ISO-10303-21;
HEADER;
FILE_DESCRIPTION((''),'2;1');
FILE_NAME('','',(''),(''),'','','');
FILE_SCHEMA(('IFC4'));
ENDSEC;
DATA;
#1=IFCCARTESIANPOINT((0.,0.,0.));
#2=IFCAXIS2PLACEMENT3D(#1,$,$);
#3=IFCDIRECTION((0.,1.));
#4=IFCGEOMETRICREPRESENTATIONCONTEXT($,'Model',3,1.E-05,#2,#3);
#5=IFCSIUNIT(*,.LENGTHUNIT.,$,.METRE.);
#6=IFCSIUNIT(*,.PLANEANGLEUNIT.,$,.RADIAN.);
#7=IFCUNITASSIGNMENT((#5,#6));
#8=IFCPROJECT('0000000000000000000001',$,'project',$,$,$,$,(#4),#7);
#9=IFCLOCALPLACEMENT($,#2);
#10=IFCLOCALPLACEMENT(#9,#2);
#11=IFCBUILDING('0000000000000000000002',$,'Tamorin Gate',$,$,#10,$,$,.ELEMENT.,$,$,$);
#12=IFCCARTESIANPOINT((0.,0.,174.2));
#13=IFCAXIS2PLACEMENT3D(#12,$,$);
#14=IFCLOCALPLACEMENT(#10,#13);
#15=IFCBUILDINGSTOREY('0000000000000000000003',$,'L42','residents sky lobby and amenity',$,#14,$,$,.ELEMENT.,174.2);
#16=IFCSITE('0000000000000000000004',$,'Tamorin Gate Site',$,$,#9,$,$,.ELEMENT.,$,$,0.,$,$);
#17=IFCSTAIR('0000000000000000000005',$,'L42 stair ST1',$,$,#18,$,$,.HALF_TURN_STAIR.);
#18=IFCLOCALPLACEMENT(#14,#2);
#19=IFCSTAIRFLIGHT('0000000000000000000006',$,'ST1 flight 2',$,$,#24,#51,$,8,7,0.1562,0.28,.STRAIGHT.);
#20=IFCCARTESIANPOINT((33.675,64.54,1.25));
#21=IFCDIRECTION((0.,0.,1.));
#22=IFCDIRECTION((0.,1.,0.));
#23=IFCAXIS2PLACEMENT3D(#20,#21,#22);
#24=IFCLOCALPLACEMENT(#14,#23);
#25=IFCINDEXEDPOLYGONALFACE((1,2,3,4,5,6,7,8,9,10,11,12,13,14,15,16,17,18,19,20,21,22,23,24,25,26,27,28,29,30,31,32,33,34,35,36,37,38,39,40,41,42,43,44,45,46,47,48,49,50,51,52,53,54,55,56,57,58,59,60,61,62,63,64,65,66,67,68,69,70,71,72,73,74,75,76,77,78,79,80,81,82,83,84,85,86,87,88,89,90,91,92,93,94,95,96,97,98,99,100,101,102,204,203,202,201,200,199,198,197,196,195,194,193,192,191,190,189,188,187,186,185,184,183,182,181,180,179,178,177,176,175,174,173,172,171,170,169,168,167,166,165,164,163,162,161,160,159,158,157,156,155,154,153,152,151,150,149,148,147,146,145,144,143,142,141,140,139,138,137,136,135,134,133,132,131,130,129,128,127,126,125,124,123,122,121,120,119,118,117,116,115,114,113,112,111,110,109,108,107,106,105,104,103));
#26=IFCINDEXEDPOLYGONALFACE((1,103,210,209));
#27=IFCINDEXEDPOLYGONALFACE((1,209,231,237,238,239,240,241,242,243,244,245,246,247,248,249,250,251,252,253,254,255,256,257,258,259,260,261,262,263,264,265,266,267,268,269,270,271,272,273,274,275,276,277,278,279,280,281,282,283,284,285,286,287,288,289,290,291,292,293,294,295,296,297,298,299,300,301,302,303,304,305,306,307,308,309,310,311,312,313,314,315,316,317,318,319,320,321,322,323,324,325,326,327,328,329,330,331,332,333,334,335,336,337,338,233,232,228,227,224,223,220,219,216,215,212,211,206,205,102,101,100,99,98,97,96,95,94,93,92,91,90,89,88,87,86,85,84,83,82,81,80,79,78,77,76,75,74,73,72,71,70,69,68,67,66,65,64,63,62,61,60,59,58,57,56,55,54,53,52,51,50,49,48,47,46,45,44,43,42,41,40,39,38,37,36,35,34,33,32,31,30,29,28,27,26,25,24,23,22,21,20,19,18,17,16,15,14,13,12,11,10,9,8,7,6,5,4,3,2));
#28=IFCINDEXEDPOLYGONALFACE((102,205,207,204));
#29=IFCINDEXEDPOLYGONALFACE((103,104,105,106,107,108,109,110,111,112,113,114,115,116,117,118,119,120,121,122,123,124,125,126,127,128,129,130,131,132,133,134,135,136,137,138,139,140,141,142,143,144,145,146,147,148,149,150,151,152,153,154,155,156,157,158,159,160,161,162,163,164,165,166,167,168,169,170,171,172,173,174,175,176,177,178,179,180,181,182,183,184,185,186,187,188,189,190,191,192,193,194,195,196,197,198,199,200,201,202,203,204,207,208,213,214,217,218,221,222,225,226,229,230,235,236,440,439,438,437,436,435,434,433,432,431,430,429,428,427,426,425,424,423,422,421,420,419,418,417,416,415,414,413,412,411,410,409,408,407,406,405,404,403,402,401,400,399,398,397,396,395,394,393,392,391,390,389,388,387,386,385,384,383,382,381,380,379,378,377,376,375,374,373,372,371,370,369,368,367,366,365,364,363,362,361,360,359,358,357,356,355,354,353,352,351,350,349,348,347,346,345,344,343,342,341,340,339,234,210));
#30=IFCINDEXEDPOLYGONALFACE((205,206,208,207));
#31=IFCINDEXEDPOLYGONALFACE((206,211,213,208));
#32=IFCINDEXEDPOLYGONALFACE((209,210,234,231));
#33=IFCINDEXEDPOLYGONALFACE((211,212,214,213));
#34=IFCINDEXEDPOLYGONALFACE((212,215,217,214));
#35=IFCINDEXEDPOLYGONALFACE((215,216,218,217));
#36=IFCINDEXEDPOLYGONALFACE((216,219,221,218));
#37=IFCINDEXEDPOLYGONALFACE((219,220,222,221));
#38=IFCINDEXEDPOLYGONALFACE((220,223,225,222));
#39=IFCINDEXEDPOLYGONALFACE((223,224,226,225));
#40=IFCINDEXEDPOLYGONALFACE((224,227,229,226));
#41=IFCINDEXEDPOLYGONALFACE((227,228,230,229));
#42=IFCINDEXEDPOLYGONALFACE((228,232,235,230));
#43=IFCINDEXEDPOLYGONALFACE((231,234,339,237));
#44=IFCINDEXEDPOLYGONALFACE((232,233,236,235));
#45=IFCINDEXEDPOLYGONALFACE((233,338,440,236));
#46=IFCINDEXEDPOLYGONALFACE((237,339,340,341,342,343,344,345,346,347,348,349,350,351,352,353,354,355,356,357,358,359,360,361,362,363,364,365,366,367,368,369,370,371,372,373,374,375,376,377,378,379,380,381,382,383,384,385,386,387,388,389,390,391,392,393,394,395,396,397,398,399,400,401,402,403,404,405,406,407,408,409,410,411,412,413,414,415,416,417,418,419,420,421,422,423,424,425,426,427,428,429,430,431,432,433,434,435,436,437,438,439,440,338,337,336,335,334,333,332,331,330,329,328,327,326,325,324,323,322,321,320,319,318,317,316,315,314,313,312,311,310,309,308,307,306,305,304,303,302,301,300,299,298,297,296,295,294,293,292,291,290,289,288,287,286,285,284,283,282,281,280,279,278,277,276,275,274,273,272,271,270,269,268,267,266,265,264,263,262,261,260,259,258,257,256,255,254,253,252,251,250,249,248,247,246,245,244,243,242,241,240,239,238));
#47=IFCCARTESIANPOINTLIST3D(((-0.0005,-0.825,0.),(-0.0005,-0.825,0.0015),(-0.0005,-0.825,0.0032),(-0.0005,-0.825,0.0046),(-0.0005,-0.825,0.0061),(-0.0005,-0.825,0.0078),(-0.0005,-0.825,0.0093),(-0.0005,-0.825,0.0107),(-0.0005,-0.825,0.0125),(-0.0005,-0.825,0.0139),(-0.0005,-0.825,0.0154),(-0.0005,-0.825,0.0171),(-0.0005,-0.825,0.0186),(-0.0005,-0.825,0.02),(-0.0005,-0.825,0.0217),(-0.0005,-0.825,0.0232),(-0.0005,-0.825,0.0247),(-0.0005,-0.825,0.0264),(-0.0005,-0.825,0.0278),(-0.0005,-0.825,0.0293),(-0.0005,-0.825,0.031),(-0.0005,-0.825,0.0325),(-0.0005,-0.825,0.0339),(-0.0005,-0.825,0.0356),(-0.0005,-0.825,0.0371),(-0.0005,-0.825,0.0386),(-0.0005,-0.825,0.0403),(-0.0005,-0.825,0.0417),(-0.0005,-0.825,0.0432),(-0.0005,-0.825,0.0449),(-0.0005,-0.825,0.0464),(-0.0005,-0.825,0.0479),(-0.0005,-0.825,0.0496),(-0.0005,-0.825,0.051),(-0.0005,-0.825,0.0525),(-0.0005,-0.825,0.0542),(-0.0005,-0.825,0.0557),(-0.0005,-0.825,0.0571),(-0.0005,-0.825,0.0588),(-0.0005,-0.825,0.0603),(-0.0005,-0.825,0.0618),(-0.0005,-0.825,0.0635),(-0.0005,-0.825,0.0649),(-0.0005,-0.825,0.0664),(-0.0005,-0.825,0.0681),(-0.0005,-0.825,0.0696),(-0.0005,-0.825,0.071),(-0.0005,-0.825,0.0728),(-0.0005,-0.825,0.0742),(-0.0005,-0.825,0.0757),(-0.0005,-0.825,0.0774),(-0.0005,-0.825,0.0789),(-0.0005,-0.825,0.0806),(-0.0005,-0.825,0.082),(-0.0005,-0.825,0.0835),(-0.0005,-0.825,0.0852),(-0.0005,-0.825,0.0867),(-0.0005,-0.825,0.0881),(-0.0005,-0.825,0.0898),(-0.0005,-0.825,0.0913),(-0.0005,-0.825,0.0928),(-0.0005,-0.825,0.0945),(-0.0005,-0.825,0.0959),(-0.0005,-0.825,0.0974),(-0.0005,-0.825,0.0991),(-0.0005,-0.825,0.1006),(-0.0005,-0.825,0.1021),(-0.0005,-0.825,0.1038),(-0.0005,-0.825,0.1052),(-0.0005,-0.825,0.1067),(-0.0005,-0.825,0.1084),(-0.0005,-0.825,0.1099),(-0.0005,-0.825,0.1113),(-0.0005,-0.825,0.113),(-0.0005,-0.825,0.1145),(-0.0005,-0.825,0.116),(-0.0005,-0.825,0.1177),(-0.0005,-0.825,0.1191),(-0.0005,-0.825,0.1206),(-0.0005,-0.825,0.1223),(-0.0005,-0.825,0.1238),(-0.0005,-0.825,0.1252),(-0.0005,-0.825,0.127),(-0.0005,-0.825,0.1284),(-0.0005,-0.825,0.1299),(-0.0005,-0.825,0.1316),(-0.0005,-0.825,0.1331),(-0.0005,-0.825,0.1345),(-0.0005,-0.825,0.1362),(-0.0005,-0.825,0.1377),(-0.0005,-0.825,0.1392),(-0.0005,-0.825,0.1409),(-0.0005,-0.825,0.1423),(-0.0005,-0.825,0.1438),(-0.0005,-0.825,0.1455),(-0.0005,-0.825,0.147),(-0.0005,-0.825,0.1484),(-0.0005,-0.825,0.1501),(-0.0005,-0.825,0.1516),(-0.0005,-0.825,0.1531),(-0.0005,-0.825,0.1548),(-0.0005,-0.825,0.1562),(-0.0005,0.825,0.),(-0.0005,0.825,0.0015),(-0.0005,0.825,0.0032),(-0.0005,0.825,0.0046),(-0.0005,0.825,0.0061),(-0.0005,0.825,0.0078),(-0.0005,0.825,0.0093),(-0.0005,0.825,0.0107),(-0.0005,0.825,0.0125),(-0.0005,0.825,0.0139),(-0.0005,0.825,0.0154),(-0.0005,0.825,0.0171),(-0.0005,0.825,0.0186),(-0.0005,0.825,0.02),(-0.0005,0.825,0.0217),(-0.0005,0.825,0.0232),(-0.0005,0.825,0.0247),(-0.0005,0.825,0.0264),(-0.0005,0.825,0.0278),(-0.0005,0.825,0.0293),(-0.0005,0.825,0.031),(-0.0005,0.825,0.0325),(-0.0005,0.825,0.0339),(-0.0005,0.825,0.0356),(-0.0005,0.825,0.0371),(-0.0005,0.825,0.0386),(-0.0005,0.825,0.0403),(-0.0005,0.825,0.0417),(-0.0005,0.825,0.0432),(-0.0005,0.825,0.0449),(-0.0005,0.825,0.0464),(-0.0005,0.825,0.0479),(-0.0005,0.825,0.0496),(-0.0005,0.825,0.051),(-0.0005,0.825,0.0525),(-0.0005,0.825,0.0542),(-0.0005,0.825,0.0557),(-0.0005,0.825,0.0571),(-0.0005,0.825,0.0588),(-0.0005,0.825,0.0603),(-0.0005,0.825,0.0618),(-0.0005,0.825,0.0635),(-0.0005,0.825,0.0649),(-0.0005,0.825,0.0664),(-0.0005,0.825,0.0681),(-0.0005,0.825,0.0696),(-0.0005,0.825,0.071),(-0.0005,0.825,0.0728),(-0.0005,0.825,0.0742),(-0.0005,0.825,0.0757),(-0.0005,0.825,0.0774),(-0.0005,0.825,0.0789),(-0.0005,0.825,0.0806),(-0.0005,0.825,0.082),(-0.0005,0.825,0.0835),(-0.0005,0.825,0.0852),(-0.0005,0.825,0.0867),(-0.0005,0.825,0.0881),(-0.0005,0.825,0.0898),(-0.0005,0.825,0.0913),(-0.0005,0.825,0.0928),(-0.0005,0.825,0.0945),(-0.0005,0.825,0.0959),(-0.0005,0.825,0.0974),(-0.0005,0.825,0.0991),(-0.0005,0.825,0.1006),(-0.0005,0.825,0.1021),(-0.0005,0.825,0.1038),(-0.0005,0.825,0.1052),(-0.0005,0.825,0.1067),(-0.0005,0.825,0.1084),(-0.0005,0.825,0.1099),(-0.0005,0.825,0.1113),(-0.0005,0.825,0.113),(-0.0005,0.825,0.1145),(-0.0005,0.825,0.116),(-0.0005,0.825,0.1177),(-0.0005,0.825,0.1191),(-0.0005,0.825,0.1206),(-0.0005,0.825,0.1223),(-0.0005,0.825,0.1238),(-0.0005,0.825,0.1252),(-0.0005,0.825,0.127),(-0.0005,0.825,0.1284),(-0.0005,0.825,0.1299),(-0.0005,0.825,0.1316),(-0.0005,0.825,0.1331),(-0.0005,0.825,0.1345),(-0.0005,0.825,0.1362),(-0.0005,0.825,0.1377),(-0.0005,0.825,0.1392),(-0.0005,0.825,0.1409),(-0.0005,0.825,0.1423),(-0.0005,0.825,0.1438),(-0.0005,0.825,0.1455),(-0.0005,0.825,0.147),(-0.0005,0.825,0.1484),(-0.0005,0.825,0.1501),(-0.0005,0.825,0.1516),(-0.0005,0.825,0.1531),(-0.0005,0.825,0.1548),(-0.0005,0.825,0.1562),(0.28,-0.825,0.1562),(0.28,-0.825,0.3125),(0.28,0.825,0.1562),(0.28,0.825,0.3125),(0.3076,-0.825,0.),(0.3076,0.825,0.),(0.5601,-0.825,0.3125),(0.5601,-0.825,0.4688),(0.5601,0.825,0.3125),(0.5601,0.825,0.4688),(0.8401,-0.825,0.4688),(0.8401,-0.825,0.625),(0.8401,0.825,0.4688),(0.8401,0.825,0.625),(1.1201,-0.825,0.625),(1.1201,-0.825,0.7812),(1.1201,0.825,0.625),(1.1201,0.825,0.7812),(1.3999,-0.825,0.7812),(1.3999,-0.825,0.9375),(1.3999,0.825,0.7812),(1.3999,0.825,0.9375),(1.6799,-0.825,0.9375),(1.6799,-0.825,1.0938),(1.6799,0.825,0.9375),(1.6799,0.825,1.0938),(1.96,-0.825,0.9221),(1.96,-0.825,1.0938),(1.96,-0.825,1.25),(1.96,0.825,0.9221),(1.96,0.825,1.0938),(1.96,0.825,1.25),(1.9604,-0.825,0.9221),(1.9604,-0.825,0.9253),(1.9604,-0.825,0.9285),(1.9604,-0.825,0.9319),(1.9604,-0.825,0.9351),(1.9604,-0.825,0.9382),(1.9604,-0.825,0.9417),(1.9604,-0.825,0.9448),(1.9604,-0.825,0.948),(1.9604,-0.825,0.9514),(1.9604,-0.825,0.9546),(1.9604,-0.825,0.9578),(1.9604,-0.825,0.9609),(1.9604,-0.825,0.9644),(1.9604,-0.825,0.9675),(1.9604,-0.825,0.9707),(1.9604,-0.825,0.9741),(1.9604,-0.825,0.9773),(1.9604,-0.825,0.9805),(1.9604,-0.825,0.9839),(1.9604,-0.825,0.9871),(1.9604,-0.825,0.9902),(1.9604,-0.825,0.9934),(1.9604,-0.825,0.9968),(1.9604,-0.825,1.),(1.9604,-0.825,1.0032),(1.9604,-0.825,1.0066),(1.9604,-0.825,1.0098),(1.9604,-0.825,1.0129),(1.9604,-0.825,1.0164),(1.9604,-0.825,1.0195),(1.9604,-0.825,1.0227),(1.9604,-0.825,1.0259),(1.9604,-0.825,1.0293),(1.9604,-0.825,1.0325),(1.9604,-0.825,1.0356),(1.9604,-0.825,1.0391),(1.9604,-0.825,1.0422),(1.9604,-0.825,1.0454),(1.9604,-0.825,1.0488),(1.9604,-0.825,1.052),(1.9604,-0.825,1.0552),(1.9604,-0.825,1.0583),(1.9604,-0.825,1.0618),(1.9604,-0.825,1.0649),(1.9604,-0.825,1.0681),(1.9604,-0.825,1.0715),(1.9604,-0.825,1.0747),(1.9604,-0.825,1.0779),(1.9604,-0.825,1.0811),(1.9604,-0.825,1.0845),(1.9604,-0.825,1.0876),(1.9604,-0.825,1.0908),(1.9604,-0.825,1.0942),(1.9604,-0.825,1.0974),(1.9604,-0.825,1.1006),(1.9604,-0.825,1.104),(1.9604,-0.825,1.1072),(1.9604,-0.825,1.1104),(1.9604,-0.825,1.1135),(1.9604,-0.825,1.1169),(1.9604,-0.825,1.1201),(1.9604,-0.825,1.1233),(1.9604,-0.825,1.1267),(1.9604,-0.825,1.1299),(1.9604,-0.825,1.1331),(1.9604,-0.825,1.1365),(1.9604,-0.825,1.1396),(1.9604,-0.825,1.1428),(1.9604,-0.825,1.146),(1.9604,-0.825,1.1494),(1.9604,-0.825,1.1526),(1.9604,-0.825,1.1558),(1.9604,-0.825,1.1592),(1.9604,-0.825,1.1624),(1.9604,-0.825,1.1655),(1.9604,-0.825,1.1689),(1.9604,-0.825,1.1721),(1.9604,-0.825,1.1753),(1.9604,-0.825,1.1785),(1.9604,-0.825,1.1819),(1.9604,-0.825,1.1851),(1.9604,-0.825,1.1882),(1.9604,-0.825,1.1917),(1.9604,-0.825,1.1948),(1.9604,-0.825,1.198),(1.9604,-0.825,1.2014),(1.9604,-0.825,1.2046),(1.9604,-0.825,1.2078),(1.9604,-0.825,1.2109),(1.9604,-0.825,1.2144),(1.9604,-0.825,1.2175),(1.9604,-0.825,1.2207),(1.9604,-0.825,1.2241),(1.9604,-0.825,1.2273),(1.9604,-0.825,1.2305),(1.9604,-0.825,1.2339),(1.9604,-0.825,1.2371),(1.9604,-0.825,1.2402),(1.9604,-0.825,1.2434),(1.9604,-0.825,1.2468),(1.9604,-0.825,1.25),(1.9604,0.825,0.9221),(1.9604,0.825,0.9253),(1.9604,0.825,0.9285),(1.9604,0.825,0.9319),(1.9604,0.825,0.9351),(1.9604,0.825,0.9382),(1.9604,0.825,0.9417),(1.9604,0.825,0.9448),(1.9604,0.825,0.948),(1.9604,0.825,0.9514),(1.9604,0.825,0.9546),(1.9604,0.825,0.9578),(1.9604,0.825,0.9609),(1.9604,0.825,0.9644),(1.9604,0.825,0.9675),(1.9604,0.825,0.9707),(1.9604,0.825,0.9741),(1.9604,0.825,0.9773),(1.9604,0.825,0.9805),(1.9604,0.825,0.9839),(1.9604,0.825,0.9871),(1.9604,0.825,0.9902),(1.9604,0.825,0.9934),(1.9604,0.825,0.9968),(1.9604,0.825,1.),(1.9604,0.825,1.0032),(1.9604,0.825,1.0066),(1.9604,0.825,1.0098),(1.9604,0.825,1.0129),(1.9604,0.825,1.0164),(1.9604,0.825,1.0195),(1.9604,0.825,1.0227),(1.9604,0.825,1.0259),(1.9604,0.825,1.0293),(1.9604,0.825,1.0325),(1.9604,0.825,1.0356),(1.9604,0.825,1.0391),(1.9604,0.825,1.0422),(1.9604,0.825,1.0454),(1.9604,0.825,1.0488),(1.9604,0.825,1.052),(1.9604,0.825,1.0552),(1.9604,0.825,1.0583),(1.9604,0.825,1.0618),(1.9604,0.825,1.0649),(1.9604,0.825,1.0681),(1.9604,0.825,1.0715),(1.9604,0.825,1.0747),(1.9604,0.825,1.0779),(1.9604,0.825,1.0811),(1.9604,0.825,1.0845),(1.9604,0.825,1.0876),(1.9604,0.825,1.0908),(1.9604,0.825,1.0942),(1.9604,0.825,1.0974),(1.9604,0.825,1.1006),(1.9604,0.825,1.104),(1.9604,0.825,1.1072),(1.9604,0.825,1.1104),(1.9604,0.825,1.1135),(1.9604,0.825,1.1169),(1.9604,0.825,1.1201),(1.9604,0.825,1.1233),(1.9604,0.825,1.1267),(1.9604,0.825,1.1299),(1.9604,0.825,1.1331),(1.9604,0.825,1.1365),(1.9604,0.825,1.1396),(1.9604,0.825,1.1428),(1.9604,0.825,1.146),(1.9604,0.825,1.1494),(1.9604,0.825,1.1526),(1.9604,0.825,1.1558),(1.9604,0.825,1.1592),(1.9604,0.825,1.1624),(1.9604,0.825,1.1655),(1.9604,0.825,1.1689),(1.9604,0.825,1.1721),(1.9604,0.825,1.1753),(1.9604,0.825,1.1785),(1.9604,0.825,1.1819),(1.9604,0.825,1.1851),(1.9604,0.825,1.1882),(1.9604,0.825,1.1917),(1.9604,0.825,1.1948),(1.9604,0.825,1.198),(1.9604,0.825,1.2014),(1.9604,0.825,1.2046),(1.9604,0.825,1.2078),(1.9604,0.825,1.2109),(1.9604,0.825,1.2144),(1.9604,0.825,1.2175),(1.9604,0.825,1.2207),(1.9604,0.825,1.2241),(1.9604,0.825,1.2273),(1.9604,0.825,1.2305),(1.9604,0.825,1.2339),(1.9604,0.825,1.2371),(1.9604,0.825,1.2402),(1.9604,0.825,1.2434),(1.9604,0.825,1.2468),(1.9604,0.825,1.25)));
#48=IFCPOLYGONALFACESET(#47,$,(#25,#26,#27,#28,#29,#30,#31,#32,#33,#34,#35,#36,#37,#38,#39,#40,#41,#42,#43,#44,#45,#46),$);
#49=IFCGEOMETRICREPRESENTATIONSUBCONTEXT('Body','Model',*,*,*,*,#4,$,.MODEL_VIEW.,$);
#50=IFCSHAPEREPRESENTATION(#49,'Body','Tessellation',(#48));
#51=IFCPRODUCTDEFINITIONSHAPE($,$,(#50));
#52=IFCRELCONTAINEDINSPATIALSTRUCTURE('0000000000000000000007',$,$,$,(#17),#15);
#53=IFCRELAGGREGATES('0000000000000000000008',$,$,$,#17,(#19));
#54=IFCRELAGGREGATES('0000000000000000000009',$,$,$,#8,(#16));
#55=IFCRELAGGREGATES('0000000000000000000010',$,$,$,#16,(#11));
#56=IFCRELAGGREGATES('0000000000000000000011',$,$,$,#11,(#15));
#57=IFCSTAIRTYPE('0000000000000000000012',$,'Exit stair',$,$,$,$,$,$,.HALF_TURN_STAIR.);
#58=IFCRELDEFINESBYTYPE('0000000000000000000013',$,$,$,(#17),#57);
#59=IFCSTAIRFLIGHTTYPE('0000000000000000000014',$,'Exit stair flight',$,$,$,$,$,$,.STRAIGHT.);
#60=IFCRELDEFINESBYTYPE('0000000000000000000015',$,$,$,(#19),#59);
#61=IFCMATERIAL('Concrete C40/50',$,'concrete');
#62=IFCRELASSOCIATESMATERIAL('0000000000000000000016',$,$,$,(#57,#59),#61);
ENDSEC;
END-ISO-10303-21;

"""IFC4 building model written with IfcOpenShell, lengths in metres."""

from ifc_helpers import new_model, si_unit, direction, frame, origin, place, context, subcontext, project, spatial, polyline, outline, extrude, material, type_object, element, aggregate, save


model = new_model("IFC4")

# Units and contexts
model_context = context("Model", 3, precision=1e-05, world=origin(), true_north=direction((0.0, 1.0)))
body_context = subcontext(model_context, "Body", "Model", "MODEL_VIEW")
ifc_project = project(units=[si_unit("LENGTHUNIT", "METRE"), si_unit("PLANEANGLEUNIT", "RADIAN")], contexts=[model_context])

# Site, building, storey
site_placement = place(None, origin())
site = spatial("IfcSite", under=ifc_project, at=site_placement, Name="Tamorin Gate Site", CompositionType="ELEMENT", RefElevation=0.0)
building_placement = place(site_placement, origin())
building = spatial("IfcBuilding", under=site, at=building_placement, Name="Tamorin Gate", CompositionType="ELEMENT")
storey_placement = place(building_placement, frame((0.0, 0.0, 174.2)))
storey = spatial("IfcBuildingStorey", under=building, at=storey_placement, Name="L42", Description="residents sky lobby and amenity", CompositionType="ELEMENT", Elevation=174.2)

# Shared definitions
ifc_material_1 = material(Name="Concrete C40/50", Category="concrete")

# Stair, stair flight
stair_type = type_object("IfcStairType", Name="Exit stair", PredefinedType="HALF_TURN_STAIR", material=ifc_material_1)
stair_placement = place(storey_placement, origin())
stair = element("IfcStair", 1, at=stair_placement, inside=storey, type_object=stair_type, Name="L42 stair ST1", PredefinedType="HALF_TURN_STAIR")
stair_flight_type = type_object("IfcStairFlightType", Name="Exit stair flight", PredefinedType="STRAIGHT", material=ifc_material_1)
stair_flight_1_placement = place(storey_placement, frame((33.675, 64.54, 1.25), z_axis=(0.0, 0.0, 1.0), x_axis=(0.0, 1.0, 0.0)))
stair_flight_1 = element("IfcStairFlight", 2, at=stair_flight_1_placement, type_object=stair_flight_type, Name="ST1 flight 2", NumberOfRisers=8, NumberOfTreads=7, PredefinedType="STRAIGHT", RiserHeight=0.1562, TreadLength=0.28, context=body_context, shape_type="SweptSolid", body=[
    extrude(outline(polyline([(-0.0005, 0.0), (-0.0005, 0.0015), (-0.0005, 0.0032), (-0.0005, 0.0046), (-0.0005, 0.0061), (-0.0005, 0.0078), (-0.0005, 0.0093), (-0.0005, 0.0107), (-0.0005, 0.0125), (-0.0005, 0.0139), (-0.0005, 0.0154), (-0.0005, 0.0171), (-0.0005, 0.0186), (-0.0005, 0.02), (-0.0005, 0.0217), (-0.0005, 0.0232), (-0.0005, 0.0247), (-0.0005, 0.0264), (-0.0005, 0.0278), (-0.0005, 0.0293), (-0.0005, 0.031), (-0.0005, 0.0325), (-0.0005, 0.0339), (-0.0005, 0.0356), (-0.0005, 0.0371), (-0.0005, 0.0386), (-0.0005, 0.0403), (-0.0005, 0.0417), (-0.0005, 0.0432), (-0.0005, 0.0449), (-0.0005, 0.0464), (-0.0005, 0.0479), (-0.0005, 0.0496), (-0.0005, 0.051), (-0.0005, 0.0525), (-0.0005, 0.0542), (-0.0005, 0.0557), (-0.0005, 0.0571), (-0.0005, 0.0588), (-0.0005, 0.0603), (-0.0005, 0.0618), (-0.0005, 0.0635), (-0.0005, 0.0649), (-0.0005, 0.0664), (-0.0005, 0.0681), (-0.0005, 0.0696), (-0.0005, 0.071), (-0.0005, 0.0728), (-0.0005, 0.0742), (-0.0005, 0.0757), (-0.0005, 0.0774), (-0.0005, 0.0789), (-0.0005, 0.0806), (-0.0005, 0.082), (-0.0005, 0.0835), (-0.0005, 0.0852), (-0.0005, 0.0867), (-0.0005, 0.0881), (-0.0005, 0.0898), (-0.0005, 0.0913), (-0.0005, 0.0928), (-0.0005, 0.0945), (-0.0005, 0.0959), (-0.0005, 0.0974), (-0.0005, 0.0991), (-0.0005, 0.1006), (-0.0005, 0.1021), (-0.0005, 0.1038), (-0.0005, 0.1052), (-0.0005, 0.1067), (-0.0005, 0.1084), (-0.0005, 0.1099), (-0.0005, 0.1113), (-0.0005, 0.113), (-0.0005, 0.1145), (-0.0005, 0.116), (-0.0005, 0.1177), (-0.0005, 0.1191), (-0.0005, 0.1206), (-0.0005, 0.1223), (-0.0005, 0.1238), (-0.0005, 0.1252), (-0.0005, 0.127), (-0.0005, 0.1284), (-0.0005, 0.1299), (-0.0005, 0.1316), (-0.0005, 0.1331), (-0.0005, 0.1345), (-0.0005, 0.1362), (-0.0005, 0.1377), (-0.0005, 0.1392), (-0.0005, 0.1409), (-0.0005, 0.1423), (-0.0005, 0.1438), (-0.0005, 0.1455), (-0.0005, 0.147), (-0.0005, 0.1484), (-0.0005, 0.1501), (-0.0005, 0.1516), (-0.0005, 0.1531), (-0.0005, 0.1548), (-0.0005, 0.1562), (0.28, 0.1562), (0.28, 0.3125), (0.5601, 0.3125), (0.5601, 0.4688), (0.8401, 0.4688), (0.8401, 0.625), (1.1201, 0.625), (1.1201, 0.7812), (1.3999, 0.7812), (1.3999, 0.9375), (1.6799, 0.9375), (1.6799, 1.0938), (1.96, 1.0938), (1.96, 1.25), (1.9604, 1.25), (1.9604, 1.2468), (1.9604, 1.2434), (1.9604, 1.2402), (1.9604, 1.2371), (1.9604, 1.2339), (1.9604, 1.2305), (1.9604, 1.2273), (1.9604, 1.2241), (1.9604, 1.2207), (1.9604, 1.2175), (1.9604, 1.2144), (1.9604, 1.2109), (1.9604, 1.2078), (1.9604, 1.2046), (1.9604, 1.2014), (1.9604, 1.198), (1.9604, 1.1948), (1.9604, 1.1917), (1.9604, 1.1882), (1.9604, 1.1851), (1.9604, 1.1819), (1.9604, 1.1785), (1.9604, 1.1753), (1.9604, 1.1721), (1.9604, 1.1689), (1.9604, 1.1655), (1.9604, 1.1624), (1.9604, 1.1592), (1.9604, 1.1558), (1.9604, 1.1526), (1.9604, 1.1494), (1.9604, 1.146), (1.9604, 1.1428), (1.9604, 1.1396), (1.9604, 1.1365), (1.9604, 1.1331), (1.9604, 1.1299), (1.9604, 1.1267), (1.9604, 1.1233), (1.9604, 1.1201), (1.9604, 1.1169), (1.9604, 1.1135), (1.9604, 1.1104), (1.9604, 1.1072), (1.9604, 1.104), (1.9604, 1.1006), (1.9604, 1.0974), (1.9604, 1.0942), (1.9604, 1.0908), (1.9604, 1.0876), (1.9604, 1.0845), (1.9604, 1.0811), (1.9604, 1.0779), (1.9604, 1.0747), (1.9604, 1.0715), (1.9604, 1.0681), (1.9604, 1.0649), (1.9604, 1.0618), (1.9604, 1.0583), (1.9604, 1.0552), (1.9604, 1.052), (1.9604, 1.0488), (1.9604, 1.0454), (1.9604, 1.0422), (1.9604, 1.0391), (1.9604, 1.0356), (1.9604, 1.0325), (1.9604, 1.0293), (1.9604, 1.0259), (1.9604, 1.0227), (1.9604, 1.0195), (1.9604, 1.0164), (1.9604, 1.0129), (1.9604, 1.0098), (1.9604, 1.0066), (1.9604, 1.0032), (1.9604, 1.0), (1.9604, 0.9968), (1.9604, 0.9934), (1.9604, 0.9902), (1.9604, 0.9871), (1.9604, 0.9839), (1.9604, 0.9805), (1.9604, 0.9773), (1.9604, 0.9741), (1.9604, 0.9707), (1.9604, 0.9675), (1.9604, 0.9644), (1.9604, 0.9609), (1.9604, 0.9578), (1.9604, 0.9546), (1.9604, 0.9514), (1.9604, 0.948), (1.9604, 0.9448), (1.9604, 0.9417), (1.9604, 0.9382), (1.9604, 0.9351), (1.9604, 0.9319), (1.9604, 0.9285), (1.9604, 0.9253), (1.9604, 0.9221), (1.96, 0.9221), (0.3076, 0.0), (-0.0005, 0.0)])), frame((0.0, 0.825, 0.0), z_axis=(0.0, -1.0, 0.0), x_axis=(1.0, 0.0, 0.0)), (0.0, 0.0, 1.0), 1.6499),
])
aggregate(stair, [stair_flight_1])

save(model, "model.ifc")
